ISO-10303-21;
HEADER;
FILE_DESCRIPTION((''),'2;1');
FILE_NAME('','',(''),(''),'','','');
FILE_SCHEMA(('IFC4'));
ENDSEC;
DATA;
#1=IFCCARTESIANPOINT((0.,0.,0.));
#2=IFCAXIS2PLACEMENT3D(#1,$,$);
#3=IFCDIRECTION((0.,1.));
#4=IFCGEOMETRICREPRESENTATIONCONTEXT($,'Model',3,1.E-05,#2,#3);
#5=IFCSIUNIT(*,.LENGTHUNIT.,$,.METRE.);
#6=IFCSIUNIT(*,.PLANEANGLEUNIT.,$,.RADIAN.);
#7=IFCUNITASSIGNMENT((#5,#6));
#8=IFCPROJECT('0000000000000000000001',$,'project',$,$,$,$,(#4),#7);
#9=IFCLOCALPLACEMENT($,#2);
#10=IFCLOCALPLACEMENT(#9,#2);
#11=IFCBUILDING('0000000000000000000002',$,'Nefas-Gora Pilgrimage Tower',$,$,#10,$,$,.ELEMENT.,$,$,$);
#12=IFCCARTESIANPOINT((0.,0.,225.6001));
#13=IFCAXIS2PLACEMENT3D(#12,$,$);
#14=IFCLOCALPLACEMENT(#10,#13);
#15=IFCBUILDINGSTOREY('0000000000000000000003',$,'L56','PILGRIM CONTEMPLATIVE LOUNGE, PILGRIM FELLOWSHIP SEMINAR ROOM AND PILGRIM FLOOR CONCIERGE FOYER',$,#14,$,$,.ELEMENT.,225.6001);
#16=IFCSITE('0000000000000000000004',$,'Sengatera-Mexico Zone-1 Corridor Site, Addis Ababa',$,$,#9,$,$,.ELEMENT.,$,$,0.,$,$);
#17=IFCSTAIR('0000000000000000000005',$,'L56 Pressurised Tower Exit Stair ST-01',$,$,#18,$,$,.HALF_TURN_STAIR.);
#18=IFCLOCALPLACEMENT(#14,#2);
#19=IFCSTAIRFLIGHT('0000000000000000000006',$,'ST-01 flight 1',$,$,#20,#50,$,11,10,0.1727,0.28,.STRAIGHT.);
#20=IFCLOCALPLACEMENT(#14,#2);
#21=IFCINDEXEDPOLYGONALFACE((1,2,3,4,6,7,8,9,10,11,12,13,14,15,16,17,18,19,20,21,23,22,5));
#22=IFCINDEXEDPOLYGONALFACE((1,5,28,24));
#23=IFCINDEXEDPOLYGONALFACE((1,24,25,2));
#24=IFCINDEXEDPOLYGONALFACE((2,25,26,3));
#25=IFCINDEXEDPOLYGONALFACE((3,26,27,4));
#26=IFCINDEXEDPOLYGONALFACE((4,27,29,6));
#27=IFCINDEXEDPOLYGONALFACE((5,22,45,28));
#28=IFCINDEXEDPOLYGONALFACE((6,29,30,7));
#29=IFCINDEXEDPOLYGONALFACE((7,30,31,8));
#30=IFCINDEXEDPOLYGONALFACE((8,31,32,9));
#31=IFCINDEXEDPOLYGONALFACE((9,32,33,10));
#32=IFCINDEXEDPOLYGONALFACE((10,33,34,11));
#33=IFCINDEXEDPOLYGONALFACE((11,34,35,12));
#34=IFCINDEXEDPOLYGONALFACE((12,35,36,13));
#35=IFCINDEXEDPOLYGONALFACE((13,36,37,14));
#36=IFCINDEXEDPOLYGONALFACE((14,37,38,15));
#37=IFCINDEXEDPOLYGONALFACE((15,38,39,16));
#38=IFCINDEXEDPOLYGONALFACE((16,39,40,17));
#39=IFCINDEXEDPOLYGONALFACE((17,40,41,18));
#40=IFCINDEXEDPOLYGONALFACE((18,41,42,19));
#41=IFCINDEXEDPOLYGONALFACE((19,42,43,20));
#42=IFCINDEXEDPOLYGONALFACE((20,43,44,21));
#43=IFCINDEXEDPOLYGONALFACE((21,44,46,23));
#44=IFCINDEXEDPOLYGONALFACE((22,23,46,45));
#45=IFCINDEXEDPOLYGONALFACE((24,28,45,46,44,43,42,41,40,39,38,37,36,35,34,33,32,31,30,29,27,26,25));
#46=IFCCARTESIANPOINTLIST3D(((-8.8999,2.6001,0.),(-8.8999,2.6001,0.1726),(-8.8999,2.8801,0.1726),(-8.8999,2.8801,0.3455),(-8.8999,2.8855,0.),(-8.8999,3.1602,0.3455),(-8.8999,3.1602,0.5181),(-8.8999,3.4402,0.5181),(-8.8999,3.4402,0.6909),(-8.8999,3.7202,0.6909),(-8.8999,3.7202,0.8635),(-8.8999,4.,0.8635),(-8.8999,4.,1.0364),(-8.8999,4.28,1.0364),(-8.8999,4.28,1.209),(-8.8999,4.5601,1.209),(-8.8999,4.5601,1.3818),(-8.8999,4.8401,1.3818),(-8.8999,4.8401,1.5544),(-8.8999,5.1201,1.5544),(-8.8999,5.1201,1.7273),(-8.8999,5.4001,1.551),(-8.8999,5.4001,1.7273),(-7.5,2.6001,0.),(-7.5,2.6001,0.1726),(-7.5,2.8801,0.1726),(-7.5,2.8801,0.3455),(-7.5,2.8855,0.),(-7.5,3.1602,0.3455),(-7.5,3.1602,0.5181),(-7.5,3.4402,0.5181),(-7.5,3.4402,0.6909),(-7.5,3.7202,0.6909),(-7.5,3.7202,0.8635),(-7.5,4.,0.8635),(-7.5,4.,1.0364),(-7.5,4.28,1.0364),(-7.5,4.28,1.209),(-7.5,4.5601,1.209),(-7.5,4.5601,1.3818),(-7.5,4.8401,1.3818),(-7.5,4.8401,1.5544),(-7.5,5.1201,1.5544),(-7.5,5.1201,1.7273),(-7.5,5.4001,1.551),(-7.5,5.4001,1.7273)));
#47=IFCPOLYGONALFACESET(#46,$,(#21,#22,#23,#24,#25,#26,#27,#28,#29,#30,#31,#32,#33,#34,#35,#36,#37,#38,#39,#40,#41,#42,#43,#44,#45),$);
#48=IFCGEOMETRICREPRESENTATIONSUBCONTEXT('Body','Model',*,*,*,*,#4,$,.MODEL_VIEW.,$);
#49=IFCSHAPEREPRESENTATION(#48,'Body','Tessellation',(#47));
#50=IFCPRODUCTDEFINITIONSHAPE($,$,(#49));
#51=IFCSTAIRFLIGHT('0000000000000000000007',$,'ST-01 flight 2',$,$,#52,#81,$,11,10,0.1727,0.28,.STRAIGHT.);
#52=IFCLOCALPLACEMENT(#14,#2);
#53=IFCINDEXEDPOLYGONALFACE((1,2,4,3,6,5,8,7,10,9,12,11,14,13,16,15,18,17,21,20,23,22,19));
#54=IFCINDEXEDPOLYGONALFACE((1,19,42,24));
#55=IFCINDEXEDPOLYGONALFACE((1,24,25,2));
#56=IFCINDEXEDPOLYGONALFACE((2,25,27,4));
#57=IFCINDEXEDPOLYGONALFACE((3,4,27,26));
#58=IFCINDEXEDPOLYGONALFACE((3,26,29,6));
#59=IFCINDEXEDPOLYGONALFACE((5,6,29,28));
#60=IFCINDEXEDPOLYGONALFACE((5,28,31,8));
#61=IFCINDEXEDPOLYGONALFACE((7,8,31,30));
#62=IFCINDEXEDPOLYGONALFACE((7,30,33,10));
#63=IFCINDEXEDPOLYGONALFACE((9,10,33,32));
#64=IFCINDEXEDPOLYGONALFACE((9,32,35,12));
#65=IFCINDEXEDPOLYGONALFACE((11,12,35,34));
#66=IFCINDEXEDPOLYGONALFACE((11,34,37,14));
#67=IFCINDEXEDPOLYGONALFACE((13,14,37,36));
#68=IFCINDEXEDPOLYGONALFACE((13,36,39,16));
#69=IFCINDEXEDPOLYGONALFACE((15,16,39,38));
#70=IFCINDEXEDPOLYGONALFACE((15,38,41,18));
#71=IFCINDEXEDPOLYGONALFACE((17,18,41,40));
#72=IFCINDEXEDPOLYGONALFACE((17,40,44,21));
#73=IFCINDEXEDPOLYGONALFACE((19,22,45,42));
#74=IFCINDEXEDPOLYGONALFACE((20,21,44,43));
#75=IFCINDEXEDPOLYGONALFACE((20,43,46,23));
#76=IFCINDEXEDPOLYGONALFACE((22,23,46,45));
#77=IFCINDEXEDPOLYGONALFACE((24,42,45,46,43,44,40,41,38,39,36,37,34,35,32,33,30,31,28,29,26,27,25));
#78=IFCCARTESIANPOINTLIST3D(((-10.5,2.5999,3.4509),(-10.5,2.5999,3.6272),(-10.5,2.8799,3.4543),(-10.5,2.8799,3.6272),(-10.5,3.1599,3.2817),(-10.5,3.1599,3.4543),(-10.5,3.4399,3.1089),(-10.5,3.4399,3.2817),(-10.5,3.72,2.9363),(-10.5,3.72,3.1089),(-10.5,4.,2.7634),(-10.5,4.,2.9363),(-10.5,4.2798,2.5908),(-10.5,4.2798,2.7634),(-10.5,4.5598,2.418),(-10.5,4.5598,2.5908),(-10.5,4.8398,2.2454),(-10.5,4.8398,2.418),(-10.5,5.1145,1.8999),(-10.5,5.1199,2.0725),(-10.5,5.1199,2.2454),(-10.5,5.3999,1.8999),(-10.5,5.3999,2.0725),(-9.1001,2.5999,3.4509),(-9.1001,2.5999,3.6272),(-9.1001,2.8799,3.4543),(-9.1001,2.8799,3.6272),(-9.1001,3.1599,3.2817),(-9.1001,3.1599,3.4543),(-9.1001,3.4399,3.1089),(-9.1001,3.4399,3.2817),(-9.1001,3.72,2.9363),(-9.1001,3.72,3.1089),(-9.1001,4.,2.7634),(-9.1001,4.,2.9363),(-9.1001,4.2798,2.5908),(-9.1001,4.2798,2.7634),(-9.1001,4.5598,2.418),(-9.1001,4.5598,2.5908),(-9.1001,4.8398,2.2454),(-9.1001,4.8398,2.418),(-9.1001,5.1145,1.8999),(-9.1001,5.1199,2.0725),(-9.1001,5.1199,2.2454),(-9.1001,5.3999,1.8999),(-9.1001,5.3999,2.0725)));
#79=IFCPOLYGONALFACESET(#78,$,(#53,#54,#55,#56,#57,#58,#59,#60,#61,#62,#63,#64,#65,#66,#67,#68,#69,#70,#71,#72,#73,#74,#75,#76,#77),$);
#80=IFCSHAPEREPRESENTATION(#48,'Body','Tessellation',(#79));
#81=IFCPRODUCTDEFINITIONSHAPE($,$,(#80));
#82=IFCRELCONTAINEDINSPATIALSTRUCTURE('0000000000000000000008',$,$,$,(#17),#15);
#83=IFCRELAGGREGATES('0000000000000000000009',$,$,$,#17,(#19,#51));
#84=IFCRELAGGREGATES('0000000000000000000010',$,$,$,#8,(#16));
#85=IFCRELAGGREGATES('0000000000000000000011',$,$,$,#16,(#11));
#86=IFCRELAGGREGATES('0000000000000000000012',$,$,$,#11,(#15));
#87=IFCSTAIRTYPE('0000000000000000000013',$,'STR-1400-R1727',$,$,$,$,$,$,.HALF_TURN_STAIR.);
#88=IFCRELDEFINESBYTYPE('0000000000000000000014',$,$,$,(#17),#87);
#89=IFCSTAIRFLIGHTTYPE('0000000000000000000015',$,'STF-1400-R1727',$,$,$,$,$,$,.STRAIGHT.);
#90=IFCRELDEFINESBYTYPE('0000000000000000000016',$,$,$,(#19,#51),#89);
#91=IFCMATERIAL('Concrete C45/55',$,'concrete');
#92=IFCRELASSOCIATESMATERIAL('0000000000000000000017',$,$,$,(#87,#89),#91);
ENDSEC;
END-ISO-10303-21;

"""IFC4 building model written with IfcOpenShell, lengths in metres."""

from ifc_helpers import new_model, si_unit, direction, frame, origin, place, context, subcontext, project, spatial, polyline, outline, extrude, source, transform, mapped, material, type_object, element, aggregate, save


model = new_model("IFC4")

# Units and contexts
model_context = context("Model", 3, precision=1e-05, world=origin(), true_north=direction((0.0, 1.0)))
body_context = subcontext(model_context, "Body", "Model", "MODEL_VIEW")
ifc_project = project(units=[si_unit("LENGTHUNIT", "METRE"), si_unit("PLANEANGLEUNIT", "RADIAN")], contexts=[model_context])

# Site, building, storey
site_placement = place(None, origin())
site = spatial("IfcSite", under=ifc_project, at=site_placement, Name="Sengatera-Mexico Zone-1 Corridor Site, Addis Ababa", CompositionType="ELEMENT", RefElevation=0.0)
building_placement = place(site_placement, origin())
building = spatial("IfcBuilding", under=site, at=building_placement, Name="Nefas-Gora Pilgrimage Tower", CompositionType="ELEMENT")
storey_placement = place(building_placement, frame((0.0, 0.0, 225.6001)))
storey = spatial("IfcBuildingStorey", under=building, at=storey_placement, Name="L56", Description="PILGRIM CONTEMPLATIVE LOUNGE, PILGRIM FELLOWSHIP SEMINAR ROOM AND PILGRIM FLOOR CONCIERGE FOYER", CompositionType="ELEMENT", Elevation=225.6001)

# Shared definitions
ifc_material_1 = material(Name="Concrete C45/55", Category="concrete")

# Stair, stair flights
stair_type = type_object("IfcStairType", Name="STR-1400-R1727", PredefinedType="HALF_TURN_STAIR", material=ifc_material_1)
stair_placement = place(storey_placement, origin())
stair = element("IfcStair", 1, at=stair_placement, inside=storey, type_object=stair_type, Name="L56 Pressurised Tower Exit Stair ST-01", PredefinedType="HALF_TURN_STAIR")
stair_flight_type = type_object("IfcStairFlightType", Name="STF-1400-R1727", PredefinedType="STRAIGHT", material=ifc_material_1)
shared_shape_1 = source(origin(), body_context, "Body", "SweptSolid", [
    extrude(outline(polyline([(0.0, 0.0), (0.0, 0.1726), (0.28, 0.1726), (0.28, 0.3455), (0.5601, 0.3455), (0.5601, 0.5181), (0.8401, 0.5181), (0.8401, 0.6909), (1.1201, 0.6909), (1.1201, 0.8635), (1.3999, 0.8635), (1.3999, 1.0364), (1.6799, 1.0364), (1.6799, 1.209), (1.96, 1.209), (1.96, 1.3818), (2.24, 1.3818), (2.24, 1.5544), (2.52, 1.5544), (2.52, 1.7273), (2.8, 1.7273), (2.8, 1.8999), (2.8, 1.551), (0.2854, 0.0), (0.0, 0.0)])), frame((0.0, 0.7, 0.0), z_axis=(0.0, -1.0, 0.0), x_axis=(1.0, 0.0, 0.0)), (0.0, 0.0, 1.0), 1.3999),
])
stair_flight_1_placement = place(storey_placement, frame((-8.2, 2.6001, 0.0), z_axis=(0.0, 0.0, 1.0), x_axis=(0.0, 1.0, 0.0)))
stair_flight_1 = element("IfcStairFlight", 2, at=stair_flight_1_placement, type_object=stair_flight_type, Name="ST-01 flight 1", NumberOfRisers=11, NumberOfTreads=10, PredefinedType="STRAIGHT", RiserHeight=0.1727, TreadLength=0.28, context=body_context, shape_type="MappedRepresentation", body=[
    mapped(shared_shape_1, transform((0.0, 0.0, 0.0), x_axis=(1.0, 0.0, 0.0), y_axis=(0.0, 1.0, 0.0), z_axis=(0.0, 0.0, 1.0), scale=1.0)),
])
stair_flight_2_placement = place(storey_placement, frame((-9.8, 5.3999, 1.8999), z_axis=(0.0, 0.0, 1.0), x_axis=(0.0, -1.0, 0.0)))
stair_flight_2 = element("IfcStairFlight", 3, at=stair_flight_2_placement, type_object=stair_flight_type, Name="ST-01 flight 2", NumberOfRisers=11, NumberOfTreads=10, PredefinedType="STRAIGHT", RiserHeight=0.1727, TreadLength=0.28, context=body_context, shape_type="MappedRepresentation", body=[
    mapped(shared_shape_1, transform((0.0, 0.0, 0.0), x_axis=(1.0, 0.0, 0.0), y_axis=(0.0, 1.0, 0.0), z_axis=(0.0, 0.0, 1.0), scale=1.0)),
])
aggregate(stair, [stair_flight_1, stair_flight_2])

save(model, "model.ifc")
